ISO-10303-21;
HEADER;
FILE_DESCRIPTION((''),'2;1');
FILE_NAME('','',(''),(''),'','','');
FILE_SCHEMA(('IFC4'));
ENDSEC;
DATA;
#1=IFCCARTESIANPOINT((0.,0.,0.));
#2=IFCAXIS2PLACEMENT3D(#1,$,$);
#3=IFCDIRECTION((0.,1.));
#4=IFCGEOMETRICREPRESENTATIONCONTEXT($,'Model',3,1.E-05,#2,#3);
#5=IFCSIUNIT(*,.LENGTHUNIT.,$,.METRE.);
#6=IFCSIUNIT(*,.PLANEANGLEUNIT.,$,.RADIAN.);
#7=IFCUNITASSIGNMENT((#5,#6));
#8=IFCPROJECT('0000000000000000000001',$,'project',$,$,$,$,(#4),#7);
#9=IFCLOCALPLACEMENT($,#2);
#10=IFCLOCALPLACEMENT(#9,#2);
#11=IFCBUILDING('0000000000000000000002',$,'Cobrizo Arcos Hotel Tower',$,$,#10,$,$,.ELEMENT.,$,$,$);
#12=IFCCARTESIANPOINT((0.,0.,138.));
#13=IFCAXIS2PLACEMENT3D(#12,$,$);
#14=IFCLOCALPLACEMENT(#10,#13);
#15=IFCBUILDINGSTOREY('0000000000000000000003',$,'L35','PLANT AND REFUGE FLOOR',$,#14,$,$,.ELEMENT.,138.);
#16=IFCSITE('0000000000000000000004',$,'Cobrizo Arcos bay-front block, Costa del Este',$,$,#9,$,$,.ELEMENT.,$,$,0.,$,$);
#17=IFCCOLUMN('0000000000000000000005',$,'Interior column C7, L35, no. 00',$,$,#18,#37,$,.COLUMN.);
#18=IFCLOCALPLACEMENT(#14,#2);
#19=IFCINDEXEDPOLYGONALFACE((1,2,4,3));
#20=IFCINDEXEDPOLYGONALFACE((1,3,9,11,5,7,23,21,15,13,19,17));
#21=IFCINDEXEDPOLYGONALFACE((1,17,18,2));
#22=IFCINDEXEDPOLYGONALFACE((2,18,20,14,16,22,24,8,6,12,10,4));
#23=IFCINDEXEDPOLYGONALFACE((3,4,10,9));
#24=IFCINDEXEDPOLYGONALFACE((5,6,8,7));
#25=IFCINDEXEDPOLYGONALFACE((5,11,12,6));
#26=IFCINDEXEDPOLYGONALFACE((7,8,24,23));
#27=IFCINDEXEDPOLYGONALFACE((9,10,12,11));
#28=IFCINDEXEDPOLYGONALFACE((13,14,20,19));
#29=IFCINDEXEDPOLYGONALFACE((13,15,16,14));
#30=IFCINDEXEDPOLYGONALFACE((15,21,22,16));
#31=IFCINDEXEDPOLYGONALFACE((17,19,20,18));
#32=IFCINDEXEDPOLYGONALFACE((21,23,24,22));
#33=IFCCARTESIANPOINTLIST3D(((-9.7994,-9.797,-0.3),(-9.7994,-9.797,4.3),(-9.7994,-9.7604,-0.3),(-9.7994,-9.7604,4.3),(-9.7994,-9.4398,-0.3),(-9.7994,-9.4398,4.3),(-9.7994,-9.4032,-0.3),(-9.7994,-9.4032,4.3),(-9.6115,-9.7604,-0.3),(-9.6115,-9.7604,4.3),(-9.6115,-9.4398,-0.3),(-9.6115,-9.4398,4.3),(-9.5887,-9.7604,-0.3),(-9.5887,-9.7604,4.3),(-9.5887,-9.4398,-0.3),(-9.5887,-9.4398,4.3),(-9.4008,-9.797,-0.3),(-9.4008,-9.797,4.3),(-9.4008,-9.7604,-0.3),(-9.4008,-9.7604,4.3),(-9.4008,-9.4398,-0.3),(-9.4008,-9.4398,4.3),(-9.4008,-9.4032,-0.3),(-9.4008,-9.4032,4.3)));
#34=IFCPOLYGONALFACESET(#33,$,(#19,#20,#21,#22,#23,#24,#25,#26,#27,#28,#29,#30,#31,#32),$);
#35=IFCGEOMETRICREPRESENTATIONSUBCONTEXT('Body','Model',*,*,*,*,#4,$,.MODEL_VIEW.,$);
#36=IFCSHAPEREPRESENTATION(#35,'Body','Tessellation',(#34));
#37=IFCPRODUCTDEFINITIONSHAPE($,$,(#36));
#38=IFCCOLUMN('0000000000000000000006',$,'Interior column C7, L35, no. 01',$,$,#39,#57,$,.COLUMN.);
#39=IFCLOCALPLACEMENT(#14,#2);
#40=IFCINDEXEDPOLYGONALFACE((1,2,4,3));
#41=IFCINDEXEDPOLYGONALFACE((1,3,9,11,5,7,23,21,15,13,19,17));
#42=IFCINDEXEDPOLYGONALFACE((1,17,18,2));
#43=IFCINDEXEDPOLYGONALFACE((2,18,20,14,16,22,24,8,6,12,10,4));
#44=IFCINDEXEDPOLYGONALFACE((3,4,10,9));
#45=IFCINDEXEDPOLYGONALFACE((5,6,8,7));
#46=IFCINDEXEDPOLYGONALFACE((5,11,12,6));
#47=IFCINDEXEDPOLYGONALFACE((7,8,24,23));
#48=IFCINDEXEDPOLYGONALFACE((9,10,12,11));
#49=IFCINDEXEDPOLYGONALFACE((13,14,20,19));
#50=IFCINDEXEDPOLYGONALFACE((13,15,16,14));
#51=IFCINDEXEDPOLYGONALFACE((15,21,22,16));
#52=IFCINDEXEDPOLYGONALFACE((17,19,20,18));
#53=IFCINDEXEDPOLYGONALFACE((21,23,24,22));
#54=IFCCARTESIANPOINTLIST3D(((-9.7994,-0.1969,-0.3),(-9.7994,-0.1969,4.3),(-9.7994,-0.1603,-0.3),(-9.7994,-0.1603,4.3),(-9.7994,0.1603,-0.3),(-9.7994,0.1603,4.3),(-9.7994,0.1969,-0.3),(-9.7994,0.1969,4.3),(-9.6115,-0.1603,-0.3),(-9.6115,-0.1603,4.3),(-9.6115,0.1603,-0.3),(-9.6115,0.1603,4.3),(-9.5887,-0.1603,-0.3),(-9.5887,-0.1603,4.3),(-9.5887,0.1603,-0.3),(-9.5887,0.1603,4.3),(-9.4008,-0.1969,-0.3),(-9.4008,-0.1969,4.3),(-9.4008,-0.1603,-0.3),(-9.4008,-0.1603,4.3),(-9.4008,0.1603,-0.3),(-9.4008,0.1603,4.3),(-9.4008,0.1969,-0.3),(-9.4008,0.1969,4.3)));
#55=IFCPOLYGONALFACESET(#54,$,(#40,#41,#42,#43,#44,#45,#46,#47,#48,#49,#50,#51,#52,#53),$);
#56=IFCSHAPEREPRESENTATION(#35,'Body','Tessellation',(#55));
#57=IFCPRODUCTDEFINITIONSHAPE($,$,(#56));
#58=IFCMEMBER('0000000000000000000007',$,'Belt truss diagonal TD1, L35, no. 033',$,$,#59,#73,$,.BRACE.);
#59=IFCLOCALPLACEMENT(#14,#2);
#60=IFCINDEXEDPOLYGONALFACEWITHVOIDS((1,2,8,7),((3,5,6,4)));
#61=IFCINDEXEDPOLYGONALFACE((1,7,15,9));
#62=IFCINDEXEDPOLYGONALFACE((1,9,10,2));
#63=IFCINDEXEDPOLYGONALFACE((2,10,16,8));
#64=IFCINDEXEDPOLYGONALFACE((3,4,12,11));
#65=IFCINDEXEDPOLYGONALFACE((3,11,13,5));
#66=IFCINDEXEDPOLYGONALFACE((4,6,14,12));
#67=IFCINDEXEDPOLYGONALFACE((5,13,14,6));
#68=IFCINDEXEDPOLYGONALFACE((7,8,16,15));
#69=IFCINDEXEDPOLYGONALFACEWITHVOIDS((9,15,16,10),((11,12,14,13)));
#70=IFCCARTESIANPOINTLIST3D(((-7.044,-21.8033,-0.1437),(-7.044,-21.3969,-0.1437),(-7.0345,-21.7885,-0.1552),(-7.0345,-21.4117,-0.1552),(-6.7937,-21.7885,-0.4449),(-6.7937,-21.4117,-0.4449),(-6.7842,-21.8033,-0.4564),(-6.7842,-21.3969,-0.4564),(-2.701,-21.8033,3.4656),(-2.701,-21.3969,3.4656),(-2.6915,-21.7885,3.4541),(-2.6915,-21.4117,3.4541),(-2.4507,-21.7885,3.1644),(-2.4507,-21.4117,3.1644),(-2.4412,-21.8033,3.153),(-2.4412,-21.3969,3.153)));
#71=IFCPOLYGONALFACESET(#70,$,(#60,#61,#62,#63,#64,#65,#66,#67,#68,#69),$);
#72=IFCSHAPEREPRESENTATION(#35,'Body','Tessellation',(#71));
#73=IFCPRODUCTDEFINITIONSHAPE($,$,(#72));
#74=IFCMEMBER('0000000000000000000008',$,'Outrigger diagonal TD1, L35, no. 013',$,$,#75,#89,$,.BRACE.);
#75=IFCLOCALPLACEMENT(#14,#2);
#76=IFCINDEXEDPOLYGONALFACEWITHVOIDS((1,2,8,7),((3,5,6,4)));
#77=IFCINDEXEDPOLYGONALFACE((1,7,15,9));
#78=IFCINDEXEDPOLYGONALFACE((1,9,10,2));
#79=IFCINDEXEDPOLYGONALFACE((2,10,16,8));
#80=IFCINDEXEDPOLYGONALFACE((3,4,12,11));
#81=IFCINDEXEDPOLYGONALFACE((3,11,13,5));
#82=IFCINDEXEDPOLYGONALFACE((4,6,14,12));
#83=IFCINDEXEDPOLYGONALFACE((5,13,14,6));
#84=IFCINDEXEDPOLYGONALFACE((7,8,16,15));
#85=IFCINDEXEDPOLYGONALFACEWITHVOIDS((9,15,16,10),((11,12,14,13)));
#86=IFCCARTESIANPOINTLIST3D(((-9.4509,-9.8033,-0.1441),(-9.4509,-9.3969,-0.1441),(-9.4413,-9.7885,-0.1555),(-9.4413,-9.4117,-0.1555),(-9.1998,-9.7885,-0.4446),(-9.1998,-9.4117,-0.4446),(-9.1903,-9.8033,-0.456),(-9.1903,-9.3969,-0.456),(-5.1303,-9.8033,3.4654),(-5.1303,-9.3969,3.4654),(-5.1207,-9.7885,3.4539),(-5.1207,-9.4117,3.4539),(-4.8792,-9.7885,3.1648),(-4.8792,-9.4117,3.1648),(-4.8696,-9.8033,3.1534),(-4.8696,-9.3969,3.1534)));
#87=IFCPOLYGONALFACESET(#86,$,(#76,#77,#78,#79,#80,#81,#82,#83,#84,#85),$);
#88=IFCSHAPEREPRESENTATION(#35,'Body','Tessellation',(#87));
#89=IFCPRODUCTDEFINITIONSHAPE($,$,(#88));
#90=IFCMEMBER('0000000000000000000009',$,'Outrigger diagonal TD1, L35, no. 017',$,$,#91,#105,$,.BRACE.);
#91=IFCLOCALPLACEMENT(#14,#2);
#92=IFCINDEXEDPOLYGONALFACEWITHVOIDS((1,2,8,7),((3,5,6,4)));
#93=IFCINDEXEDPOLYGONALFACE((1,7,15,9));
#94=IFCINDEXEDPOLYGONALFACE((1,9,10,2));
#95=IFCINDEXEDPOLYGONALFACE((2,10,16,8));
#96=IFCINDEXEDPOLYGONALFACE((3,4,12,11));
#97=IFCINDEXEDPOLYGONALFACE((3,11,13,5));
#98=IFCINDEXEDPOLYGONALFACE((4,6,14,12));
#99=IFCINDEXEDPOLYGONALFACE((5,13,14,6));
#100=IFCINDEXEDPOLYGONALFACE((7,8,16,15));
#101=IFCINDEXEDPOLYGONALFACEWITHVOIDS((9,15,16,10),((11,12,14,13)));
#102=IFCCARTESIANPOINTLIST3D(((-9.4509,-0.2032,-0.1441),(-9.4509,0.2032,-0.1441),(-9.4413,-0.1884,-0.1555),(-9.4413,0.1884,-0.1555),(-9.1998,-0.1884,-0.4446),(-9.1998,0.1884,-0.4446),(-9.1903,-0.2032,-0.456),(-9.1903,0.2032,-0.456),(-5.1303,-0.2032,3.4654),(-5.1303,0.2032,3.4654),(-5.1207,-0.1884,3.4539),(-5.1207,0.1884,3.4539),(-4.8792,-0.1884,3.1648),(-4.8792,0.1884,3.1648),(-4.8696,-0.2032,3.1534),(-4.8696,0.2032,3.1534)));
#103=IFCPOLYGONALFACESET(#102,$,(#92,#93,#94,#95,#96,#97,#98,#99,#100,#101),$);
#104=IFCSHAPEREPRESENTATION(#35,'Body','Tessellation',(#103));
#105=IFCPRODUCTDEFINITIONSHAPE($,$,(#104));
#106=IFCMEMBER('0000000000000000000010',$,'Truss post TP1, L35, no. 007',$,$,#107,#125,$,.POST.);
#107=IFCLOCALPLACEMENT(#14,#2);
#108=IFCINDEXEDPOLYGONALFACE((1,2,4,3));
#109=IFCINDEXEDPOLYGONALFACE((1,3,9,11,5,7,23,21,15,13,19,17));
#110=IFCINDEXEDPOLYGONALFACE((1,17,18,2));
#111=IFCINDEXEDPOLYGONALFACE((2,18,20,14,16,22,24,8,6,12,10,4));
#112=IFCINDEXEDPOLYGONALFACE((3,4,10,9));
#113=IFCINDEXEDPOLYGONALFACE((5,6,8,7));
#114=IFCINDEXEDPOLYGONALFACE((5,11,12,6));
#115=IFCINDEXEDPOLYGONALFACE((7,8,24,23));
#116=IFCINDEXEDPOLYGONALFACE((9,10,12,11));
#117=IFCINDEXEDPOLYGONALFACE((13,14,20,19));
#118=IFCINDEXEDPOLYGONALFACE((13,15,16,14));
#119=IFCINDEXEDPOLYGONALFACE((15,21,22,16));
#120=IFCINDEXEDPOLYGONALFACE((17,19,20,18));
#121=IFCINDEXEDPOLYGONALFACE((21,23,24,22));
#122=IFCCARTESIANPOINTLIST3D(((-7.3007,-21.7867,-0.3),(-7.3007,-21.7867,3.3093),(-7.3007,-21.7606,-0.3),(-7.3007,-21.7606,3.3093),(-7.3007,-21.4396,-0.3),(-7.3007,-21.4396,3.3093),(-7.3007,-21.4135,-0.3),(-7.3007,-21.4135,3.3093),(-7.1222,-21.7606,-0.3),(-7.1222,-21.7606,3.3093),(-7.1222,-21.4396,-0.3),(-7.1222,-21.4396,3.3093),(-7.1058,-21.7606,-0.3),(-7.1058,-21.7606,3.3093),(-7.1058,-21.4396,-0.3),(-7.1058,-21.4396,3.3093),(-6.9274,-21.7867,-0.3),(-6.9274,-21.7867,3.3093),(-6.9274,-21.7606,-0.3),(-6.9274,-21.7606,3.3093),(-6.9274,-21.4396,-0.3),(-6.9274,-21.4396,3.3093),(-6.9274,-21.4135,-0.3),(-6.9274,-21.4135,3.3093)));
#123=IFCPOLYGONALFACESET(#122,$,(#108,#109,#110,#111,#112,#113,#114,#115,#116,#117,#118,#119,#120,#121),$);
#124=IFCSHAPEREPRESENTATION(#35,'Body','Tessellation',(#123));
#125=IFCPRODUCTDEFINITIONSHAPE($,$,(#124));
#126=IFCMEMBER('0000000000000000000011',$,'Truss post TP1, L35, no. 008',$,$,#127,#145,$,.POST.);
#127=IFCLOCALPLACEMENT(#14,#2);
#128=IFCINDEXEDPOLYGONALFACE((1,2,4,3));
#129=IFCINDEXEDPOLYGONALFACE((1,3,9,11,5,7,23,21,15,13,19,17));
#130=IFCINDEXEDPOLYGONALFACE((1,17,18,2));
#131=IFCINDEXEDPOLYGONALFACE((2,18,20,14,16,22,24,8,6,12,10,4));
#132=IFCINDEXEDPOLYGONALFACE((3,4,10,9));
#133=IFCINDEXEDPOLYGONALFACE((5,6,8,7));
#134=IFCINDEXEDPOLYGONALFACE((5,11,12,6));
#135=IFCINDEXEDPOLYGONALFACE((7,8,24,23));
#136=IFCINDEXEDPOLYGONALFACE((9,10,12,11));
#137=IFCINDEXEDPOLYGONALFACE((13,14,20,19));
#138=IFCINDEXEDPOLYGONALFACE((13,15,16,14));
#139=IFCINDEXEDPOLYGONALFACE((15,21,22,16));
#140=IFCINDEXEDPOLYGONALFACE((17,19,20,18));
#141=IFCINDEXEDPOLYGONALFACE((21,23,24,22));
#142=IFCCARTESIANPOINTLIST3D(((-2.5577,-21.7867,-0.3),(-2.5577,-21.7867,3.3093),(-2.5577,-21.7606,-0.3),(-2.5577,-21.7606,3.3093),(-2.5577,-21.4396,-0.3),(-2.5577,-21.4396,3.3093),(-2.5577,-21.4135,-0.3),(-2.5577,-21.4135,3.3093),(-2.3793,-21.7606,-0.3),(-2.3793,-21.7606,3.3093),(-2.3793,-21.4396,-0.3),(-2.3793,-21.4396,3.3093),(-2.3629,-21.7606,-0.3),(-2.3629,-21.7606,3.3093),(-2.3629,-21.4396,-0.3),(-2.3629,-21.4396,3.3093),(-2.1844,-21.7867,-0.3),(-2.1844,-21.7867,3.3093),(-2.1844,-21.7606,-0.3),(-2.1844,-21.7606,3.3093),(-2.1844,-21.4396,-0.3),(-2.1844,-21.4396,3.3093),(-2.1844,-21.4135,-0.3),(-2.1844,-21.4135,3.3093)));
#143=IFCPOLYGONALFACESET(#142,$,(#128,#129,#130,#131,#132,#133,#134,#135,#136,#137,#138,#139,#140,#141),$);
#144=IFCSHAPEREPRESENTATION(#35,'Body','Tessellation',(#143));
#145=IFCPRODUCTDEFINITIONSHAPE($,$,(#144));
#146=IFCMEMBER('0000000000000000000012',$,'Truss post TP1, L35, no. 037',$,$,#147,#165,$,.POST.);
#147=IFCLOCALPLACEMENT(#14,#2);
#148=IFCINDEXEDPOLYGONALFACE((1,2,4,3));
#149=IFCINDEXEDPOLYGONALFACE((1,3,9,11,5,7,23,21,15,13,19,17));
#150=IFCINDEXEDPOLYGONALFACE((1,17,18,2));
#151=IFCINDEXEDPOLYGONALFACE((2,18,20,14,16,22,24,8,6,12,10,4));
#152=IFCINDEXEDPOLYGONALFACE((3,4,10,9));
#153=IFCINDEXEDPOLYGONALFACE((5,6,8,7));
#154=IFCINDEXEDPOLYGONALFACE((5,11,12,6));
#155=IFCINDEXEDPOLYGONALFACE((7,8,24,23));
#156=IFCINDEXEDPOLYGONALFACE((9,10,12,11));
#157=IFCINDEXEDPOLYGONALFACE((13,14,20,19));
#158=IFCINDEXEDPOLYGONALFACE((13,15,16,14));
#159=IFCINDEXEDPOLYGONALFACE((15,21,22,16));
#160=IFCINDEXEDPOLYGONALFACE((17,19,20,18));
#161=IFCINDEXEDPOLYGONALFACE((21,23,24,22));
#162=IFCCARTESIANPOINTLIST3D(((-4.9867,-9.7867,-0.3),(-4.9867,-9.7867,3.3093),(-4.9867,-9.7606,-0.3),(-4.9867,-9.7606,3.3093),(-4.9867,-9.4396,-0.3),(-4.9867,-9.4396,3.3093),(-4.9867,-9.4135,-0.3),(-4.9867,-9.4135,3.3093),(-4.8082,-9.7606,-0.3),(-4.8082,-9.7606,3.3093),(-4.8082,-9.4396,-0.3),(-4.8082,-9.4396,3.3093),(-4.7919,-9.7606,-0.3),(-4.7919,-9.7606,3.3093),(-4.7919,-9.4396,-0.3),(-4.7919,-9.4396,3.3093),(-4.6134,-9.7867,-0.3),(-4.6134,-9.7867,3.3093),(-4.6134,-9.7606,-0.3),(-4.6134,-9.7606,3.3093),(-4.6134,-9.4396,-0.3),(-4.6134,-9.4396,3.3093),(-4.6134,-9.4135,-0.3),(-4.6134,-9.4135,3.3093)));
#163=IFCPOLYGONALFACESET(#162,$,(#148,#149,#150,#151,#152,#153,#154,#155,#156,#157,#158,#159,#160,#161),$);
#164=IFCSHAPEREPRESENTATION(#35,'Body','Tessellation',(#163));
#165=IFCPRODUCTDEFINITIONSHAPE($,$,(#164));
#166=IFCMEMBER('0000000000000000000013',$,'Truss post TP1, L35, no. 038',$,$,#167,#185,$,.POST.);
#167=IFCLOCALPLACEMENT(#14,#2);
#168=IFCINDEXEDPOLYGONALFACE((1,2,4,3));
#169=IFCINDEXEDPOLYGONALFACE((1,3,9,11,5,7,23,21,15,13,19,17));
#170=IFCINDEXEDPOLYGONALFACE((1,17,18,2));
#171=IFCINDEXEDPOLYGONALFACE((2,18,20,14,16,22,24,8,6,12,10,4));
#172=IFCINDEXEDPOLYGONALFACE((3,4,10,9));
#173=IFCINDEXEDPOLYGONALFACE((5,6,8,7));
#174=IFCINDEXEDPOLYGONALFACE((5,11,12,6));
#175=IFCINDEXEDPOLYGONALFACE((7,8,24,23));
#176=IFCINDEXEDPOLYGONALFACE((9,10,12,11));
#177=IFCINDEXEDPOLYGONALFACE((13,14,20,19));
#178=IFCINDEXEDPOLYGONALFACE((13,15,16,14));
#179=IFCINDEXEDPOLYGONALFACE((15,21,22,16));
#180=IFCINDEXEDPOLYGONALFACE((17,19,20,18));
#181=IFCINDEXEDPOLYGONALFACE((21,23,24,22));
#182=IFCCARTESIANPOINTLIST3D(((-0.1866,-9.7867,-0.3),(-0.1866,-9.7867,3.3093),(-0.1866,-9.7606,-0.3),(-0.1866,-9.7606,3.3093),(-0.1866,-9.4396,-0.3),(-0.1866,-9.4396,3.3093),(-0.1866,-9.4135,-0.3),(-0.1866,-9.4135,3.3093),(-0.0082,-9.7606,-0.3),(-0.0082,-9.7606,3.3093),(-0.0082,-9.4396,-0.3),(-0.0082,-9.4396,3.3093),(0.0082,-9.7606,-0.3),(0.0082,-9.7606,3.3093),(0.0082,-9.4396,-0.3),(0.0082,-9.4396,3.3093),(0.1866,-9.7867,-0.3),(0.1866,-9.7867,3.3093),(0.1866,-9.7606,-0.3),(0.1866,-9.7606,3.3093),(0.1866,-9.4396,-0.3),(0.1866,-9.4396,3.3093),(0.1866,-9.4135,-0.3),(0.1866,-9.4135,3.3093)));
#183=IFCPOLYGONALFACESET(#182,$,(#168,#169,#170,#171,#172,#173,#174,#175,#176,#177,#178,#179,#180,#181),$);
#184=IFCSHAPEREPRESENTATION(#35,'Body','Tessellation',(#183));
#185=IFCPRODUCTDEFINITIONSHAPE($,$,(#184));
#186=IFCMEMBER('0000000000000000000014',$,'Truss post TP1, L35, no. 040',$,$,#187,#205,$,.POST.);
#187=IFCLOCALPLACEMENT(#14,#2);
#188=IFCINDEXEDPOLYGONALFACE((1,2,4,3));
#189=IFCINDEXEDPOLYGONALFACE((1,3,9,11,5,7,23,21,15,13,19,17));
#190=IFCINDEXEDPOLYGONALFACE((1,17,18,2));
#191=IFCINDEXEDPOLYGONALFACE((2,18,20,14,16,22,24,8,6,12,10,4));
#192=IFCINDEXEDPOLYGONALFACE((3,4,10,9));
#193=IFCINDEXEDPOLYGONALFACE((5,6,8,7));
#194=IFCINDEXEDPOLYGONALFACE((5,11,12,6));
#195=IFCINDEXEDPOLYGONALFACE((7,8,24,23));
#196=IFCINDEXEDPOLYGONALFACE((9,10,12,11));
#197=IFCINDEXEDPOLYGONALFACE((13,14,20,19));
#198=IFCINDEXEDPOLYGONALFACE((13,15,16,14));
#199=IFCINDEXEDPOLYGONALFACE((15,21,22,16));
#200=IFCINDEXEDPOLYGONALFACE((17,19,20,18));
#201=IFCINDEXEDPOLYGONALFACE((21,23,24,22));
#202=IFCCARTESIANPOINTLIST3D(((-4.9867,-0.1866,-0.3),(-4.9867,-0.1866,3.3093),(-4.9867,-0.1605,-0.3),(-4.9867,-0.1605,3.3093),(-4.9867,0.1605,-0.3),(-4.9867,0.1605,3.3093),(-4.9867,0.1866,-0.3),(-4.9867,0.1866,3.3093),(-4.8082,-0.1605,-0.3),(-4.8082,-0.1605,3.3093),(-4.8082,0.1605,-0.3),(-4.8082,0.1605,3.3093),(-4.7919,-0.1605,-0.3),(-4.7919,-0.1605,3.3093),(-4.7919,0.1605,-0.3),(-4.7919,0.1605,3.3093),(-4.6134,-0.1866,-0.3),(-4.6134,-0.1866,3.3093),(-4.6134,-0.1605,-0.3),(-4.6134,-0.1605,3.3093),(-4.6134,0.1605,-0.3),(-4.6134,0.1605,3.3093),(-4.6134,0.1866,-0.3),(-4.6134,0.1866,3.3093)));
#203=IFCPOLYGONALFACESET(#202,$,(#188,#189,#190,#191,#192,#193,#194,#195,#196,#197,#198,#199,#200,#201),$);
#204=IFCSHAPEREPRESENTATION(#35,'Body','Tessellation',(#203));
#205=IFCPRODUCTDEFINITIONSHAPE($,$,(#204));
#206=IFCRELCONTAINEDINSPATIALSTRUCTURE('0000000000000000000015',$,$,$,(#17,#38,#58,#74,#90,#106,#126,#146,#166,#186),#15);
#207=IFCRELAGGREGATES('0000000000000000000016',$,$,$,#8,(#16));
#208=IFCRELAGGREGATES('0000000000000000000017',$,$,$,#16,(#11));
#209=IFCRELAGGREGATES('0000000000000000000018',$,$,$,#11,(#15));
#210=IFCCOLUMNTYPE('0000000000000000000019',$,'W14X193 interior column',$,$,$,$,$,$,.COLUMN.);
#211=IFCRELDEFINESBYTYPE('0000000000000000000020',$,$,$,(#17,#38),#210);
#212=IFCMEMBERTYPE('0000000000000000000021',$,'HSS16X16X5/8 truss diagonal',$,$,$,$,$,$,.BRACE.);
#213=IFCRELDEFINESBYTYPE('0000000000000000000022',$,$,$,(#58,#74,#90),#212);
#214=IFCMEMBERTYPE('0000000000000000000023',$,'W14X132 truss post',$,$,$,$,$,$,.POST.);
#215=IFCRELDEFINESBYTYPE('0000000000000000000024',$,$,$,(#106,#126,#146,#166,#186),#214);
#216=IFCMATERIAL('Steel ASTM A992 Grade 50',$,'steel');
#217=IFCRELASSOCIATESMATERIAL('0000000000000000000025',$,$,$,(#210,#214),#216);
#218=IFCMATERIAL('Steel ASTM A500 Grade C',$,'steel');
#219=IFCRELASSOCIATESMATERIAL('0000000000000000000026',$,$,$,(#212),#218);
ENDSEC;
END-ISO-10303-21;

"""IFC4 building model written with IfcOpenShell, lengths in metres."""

from ifc_helpers import new_model, si_unit, direction, frame, origin, origin_2d, place, context, subcontext, project, spatial, hollow_rectangle, i_section, extrude, material, material_profile, profile_set, type_object, element, save


model = new_model("IFC4")

# Units and contexts
model_context = context("Model", 3, precision=1e-05, world=origin(), true_north=direction((0.0, 1.0)))
body_context = subcontext(model_context, "Body", "Model", "MODEL_VIEW")
ifc_project = project(units=[si_unit("LENGTHUNIT", "METRE"), si_unit("PLANEANGLEUNIT", "RADIAN")], contexts=[model_context])

# Site, building, storey
site_placement = place(None, origin())
site = spatial("IfcSite", under=ifc_project, at=site_placement, Name="Cobrizo Arcos bay-front block, Costa del Este", CompositionType="ELEMENT", RefElevation=0.0)
building_placement = place(site_placement, origin())
building = spatial("IfcBuilding", under=site, at=building_placement, Name="Cobrizo Arcos Hotel Tower", CompositionType="ELEMENT")
storey_placement = place(building_placement, frame((0.0, 0.0, 138.0)))
storey = spatial("IfcBuildingStorey", under=building, at=storey_placement, Name="L35", Description="PLANT AND REFUGE FLOOR", CompositionType="ELEMENT", Elevation=138.0)

# Columns
ifc_material_1 = material(Name="Steel ASTM A992 Grade 50", Category="steel")
ifc_material_profile_1 = material_profile(ifc_material_1, i_section(OverallWidth=0.3987, OverallDepth=0.3938, WebThickness=0.0227, FlangeThickness=0.0366, at=origin_2d()), Name="W14X193")
ifc_profile_set_1 = profile_set([ifc_material_profile_1], Name="Steel ASTM A992 Grade 50")
column_type = type_object("IfcColumnType", Name="W14X193 interior column", PredefinedType="COLUMN", material=ifc_profile_set_1)
for number, where, z_axis, x_axis, name in (
    (1, (-9.6001, -9.6001, -0.3), (0.0, 0.0, 1.0), (1.0, 0.0, 0.0), "Interior column C7, L35, no. 00"),
    (2, (-9.6001, 0.0, -0.3), (0.0, 0.0, 1.0), (1.0, 0.0, 0.0), "Interior column C7, L35, no. 01"),
):
    element("IfcColumn", number, at=place(storey_placement, frame(where, z_axis=z_axis, x_axis=x_axis)), inside=storey, type_object=column_type, Name=name, PredefinedType="COLUMN", context=body_context, shape_type="SweptSolid", body=[
        extrude(i_section(OverallWidth=0.3987, OverallDepth=0.3938, WebThickness=0.0227, FlangeThickness=0.0366, at=origin_2d()), origin(), (0.0, 0.0, 1.0), 4.6001),
    ])

# Members
ifc_material_2 = material(Name="Steel ASTM A500 Grade C", Category="steel")
ifc_material_profile_2 = material_profile(ifc_material_2, hollow_rectangle(XDim=0.4065, YDim=0.4065, WallThickness=0.0149, at=origin_2d()), Name="HSS16X16X5/8")
ifc_profile_set_2 = profile_set([ifc_material_profile_2], Name="Steel ASTM A500 Grade C")
member_type_1 = type_object("IfcMemberType", Name="HSS16X16X5/8 truss diagonal", PredefinedType="BRACE", material=ifc_profile_set_2)
member_placement = place(storey_placement, frame((-6.9141, -21.6001, -0.3), z_axis=(0.769075, 0.0, 0.639159), x_axis=(0.0, 1.0, 0.0)))
element("IfcMember", 3, at=member_placement, inside=storey, type_object=member_type_1, Name="Belt truss diagonal TD1, L35, no. 033", PredefinedType="BRACE", context=body_context, shape_type="SweptSolid", body=[
    extrude(hollow_rectangle(XDim=0.4065, YDim=0.4065, WallThickness=0.0149, at=origin_2d()), origin(), (0.0, 0.0, 1.0), 5.647),
])
for number, where, z_axis, x_axis, name in (
    (4, (-9.3206, -9.6001, -0.3), (0.767442, 0.0, 0.641118), (0.0, 1.0, 0.0), "Outrigger diagonal TD1, L35, no. 013"),
    (5, (-9.3206, 0.0, -0.3), (0.767442, 0.0, 0.641118), (0.0, 1.0, 0.0), "Outrigger diagonal TD1, L35, no. 017"),
):
    element("IfcMember", number, at=place(storey_placement, frame(where, z_axis=z_axis, x_axis=x_axis)), inside=storey, type_object=member_type_1, Name=name, PredefinedType="BRACE", context=body_context, shape_type="SweptSolid", body=[
        extrude(hollow_rectangle(XDim=0.4065, YDim=0.4065, WallThickness=0.0149, at=origin_2d()), origin(), (0.0, 0.0, 1.0), 5.6299),
    ])
ifc_material_profile_3 = material_profile(ifc_material_1, i_section(OverallWidth=0.3733, OverallDepth=0.3733, WebThickness=0.0164, FlangeThickness=0.0261, at=origin_2d()), Name="W14X132")
ifc_profile_set_3 = profile_set([ifc_material_profile_3], Name="Steel ASTM A992 Grade 50")
member_type_2 = type_object("IfcMemberType", Name="W14X132 truss post", PredefinedType="POST", material=ifc_profile_set_3)
for number, where, z_axis, x_axis, name in (
    (6, (-7.114, -21.6001, -0.3), (0.0, 0.0, 1.0), (1.0, 0.0, 0.0), "Truss post TP1, L35, no. 007"),
    (7, (-2.3711, -21.6001, -0.3), (0.0, 0.0, 1.0), (1.0, 0.0, 0.0), "Truss post TP1, L35, no. 008"),
    (8, (-4.8, -9.6001, -0.3), (0.0, 0.0, 1.0), (1.0, 0.0, 0.0), "Truss post TP1, L35, no. 037"),
    (9, (0.0, -9.6001, -0.3), (0.0, 0.0, 1.0), (1.0, 0.0, 0.0), "Truss post TP1, L35, no. 038"),
    (10, (-4.8, 0.0, -0.3), (0.0, 0.0, 1.0), (1.0, 0.0, 0.0), "Truss post TP1, L35, no. 040"),
):
    element("IfcMember", number, at=place(storey_placement, frame(where, z_axis=z_axis, x_axis=x_axis)), inside=storey, type_object=member_type_2, Name=name, PredefinedType="POST", context=body_context, shape_type="SweptSolid", body=[
        extrude(i_section(OverallWidth=0.3733, OverallDepth=0.3733, WebThickness=0.0164, FlangeThickness=0.0261, at=origin_2d()), origin(), (0.0, 0.0, 1.0), 3.6094),
    ])

save(model, "model.ifc")
